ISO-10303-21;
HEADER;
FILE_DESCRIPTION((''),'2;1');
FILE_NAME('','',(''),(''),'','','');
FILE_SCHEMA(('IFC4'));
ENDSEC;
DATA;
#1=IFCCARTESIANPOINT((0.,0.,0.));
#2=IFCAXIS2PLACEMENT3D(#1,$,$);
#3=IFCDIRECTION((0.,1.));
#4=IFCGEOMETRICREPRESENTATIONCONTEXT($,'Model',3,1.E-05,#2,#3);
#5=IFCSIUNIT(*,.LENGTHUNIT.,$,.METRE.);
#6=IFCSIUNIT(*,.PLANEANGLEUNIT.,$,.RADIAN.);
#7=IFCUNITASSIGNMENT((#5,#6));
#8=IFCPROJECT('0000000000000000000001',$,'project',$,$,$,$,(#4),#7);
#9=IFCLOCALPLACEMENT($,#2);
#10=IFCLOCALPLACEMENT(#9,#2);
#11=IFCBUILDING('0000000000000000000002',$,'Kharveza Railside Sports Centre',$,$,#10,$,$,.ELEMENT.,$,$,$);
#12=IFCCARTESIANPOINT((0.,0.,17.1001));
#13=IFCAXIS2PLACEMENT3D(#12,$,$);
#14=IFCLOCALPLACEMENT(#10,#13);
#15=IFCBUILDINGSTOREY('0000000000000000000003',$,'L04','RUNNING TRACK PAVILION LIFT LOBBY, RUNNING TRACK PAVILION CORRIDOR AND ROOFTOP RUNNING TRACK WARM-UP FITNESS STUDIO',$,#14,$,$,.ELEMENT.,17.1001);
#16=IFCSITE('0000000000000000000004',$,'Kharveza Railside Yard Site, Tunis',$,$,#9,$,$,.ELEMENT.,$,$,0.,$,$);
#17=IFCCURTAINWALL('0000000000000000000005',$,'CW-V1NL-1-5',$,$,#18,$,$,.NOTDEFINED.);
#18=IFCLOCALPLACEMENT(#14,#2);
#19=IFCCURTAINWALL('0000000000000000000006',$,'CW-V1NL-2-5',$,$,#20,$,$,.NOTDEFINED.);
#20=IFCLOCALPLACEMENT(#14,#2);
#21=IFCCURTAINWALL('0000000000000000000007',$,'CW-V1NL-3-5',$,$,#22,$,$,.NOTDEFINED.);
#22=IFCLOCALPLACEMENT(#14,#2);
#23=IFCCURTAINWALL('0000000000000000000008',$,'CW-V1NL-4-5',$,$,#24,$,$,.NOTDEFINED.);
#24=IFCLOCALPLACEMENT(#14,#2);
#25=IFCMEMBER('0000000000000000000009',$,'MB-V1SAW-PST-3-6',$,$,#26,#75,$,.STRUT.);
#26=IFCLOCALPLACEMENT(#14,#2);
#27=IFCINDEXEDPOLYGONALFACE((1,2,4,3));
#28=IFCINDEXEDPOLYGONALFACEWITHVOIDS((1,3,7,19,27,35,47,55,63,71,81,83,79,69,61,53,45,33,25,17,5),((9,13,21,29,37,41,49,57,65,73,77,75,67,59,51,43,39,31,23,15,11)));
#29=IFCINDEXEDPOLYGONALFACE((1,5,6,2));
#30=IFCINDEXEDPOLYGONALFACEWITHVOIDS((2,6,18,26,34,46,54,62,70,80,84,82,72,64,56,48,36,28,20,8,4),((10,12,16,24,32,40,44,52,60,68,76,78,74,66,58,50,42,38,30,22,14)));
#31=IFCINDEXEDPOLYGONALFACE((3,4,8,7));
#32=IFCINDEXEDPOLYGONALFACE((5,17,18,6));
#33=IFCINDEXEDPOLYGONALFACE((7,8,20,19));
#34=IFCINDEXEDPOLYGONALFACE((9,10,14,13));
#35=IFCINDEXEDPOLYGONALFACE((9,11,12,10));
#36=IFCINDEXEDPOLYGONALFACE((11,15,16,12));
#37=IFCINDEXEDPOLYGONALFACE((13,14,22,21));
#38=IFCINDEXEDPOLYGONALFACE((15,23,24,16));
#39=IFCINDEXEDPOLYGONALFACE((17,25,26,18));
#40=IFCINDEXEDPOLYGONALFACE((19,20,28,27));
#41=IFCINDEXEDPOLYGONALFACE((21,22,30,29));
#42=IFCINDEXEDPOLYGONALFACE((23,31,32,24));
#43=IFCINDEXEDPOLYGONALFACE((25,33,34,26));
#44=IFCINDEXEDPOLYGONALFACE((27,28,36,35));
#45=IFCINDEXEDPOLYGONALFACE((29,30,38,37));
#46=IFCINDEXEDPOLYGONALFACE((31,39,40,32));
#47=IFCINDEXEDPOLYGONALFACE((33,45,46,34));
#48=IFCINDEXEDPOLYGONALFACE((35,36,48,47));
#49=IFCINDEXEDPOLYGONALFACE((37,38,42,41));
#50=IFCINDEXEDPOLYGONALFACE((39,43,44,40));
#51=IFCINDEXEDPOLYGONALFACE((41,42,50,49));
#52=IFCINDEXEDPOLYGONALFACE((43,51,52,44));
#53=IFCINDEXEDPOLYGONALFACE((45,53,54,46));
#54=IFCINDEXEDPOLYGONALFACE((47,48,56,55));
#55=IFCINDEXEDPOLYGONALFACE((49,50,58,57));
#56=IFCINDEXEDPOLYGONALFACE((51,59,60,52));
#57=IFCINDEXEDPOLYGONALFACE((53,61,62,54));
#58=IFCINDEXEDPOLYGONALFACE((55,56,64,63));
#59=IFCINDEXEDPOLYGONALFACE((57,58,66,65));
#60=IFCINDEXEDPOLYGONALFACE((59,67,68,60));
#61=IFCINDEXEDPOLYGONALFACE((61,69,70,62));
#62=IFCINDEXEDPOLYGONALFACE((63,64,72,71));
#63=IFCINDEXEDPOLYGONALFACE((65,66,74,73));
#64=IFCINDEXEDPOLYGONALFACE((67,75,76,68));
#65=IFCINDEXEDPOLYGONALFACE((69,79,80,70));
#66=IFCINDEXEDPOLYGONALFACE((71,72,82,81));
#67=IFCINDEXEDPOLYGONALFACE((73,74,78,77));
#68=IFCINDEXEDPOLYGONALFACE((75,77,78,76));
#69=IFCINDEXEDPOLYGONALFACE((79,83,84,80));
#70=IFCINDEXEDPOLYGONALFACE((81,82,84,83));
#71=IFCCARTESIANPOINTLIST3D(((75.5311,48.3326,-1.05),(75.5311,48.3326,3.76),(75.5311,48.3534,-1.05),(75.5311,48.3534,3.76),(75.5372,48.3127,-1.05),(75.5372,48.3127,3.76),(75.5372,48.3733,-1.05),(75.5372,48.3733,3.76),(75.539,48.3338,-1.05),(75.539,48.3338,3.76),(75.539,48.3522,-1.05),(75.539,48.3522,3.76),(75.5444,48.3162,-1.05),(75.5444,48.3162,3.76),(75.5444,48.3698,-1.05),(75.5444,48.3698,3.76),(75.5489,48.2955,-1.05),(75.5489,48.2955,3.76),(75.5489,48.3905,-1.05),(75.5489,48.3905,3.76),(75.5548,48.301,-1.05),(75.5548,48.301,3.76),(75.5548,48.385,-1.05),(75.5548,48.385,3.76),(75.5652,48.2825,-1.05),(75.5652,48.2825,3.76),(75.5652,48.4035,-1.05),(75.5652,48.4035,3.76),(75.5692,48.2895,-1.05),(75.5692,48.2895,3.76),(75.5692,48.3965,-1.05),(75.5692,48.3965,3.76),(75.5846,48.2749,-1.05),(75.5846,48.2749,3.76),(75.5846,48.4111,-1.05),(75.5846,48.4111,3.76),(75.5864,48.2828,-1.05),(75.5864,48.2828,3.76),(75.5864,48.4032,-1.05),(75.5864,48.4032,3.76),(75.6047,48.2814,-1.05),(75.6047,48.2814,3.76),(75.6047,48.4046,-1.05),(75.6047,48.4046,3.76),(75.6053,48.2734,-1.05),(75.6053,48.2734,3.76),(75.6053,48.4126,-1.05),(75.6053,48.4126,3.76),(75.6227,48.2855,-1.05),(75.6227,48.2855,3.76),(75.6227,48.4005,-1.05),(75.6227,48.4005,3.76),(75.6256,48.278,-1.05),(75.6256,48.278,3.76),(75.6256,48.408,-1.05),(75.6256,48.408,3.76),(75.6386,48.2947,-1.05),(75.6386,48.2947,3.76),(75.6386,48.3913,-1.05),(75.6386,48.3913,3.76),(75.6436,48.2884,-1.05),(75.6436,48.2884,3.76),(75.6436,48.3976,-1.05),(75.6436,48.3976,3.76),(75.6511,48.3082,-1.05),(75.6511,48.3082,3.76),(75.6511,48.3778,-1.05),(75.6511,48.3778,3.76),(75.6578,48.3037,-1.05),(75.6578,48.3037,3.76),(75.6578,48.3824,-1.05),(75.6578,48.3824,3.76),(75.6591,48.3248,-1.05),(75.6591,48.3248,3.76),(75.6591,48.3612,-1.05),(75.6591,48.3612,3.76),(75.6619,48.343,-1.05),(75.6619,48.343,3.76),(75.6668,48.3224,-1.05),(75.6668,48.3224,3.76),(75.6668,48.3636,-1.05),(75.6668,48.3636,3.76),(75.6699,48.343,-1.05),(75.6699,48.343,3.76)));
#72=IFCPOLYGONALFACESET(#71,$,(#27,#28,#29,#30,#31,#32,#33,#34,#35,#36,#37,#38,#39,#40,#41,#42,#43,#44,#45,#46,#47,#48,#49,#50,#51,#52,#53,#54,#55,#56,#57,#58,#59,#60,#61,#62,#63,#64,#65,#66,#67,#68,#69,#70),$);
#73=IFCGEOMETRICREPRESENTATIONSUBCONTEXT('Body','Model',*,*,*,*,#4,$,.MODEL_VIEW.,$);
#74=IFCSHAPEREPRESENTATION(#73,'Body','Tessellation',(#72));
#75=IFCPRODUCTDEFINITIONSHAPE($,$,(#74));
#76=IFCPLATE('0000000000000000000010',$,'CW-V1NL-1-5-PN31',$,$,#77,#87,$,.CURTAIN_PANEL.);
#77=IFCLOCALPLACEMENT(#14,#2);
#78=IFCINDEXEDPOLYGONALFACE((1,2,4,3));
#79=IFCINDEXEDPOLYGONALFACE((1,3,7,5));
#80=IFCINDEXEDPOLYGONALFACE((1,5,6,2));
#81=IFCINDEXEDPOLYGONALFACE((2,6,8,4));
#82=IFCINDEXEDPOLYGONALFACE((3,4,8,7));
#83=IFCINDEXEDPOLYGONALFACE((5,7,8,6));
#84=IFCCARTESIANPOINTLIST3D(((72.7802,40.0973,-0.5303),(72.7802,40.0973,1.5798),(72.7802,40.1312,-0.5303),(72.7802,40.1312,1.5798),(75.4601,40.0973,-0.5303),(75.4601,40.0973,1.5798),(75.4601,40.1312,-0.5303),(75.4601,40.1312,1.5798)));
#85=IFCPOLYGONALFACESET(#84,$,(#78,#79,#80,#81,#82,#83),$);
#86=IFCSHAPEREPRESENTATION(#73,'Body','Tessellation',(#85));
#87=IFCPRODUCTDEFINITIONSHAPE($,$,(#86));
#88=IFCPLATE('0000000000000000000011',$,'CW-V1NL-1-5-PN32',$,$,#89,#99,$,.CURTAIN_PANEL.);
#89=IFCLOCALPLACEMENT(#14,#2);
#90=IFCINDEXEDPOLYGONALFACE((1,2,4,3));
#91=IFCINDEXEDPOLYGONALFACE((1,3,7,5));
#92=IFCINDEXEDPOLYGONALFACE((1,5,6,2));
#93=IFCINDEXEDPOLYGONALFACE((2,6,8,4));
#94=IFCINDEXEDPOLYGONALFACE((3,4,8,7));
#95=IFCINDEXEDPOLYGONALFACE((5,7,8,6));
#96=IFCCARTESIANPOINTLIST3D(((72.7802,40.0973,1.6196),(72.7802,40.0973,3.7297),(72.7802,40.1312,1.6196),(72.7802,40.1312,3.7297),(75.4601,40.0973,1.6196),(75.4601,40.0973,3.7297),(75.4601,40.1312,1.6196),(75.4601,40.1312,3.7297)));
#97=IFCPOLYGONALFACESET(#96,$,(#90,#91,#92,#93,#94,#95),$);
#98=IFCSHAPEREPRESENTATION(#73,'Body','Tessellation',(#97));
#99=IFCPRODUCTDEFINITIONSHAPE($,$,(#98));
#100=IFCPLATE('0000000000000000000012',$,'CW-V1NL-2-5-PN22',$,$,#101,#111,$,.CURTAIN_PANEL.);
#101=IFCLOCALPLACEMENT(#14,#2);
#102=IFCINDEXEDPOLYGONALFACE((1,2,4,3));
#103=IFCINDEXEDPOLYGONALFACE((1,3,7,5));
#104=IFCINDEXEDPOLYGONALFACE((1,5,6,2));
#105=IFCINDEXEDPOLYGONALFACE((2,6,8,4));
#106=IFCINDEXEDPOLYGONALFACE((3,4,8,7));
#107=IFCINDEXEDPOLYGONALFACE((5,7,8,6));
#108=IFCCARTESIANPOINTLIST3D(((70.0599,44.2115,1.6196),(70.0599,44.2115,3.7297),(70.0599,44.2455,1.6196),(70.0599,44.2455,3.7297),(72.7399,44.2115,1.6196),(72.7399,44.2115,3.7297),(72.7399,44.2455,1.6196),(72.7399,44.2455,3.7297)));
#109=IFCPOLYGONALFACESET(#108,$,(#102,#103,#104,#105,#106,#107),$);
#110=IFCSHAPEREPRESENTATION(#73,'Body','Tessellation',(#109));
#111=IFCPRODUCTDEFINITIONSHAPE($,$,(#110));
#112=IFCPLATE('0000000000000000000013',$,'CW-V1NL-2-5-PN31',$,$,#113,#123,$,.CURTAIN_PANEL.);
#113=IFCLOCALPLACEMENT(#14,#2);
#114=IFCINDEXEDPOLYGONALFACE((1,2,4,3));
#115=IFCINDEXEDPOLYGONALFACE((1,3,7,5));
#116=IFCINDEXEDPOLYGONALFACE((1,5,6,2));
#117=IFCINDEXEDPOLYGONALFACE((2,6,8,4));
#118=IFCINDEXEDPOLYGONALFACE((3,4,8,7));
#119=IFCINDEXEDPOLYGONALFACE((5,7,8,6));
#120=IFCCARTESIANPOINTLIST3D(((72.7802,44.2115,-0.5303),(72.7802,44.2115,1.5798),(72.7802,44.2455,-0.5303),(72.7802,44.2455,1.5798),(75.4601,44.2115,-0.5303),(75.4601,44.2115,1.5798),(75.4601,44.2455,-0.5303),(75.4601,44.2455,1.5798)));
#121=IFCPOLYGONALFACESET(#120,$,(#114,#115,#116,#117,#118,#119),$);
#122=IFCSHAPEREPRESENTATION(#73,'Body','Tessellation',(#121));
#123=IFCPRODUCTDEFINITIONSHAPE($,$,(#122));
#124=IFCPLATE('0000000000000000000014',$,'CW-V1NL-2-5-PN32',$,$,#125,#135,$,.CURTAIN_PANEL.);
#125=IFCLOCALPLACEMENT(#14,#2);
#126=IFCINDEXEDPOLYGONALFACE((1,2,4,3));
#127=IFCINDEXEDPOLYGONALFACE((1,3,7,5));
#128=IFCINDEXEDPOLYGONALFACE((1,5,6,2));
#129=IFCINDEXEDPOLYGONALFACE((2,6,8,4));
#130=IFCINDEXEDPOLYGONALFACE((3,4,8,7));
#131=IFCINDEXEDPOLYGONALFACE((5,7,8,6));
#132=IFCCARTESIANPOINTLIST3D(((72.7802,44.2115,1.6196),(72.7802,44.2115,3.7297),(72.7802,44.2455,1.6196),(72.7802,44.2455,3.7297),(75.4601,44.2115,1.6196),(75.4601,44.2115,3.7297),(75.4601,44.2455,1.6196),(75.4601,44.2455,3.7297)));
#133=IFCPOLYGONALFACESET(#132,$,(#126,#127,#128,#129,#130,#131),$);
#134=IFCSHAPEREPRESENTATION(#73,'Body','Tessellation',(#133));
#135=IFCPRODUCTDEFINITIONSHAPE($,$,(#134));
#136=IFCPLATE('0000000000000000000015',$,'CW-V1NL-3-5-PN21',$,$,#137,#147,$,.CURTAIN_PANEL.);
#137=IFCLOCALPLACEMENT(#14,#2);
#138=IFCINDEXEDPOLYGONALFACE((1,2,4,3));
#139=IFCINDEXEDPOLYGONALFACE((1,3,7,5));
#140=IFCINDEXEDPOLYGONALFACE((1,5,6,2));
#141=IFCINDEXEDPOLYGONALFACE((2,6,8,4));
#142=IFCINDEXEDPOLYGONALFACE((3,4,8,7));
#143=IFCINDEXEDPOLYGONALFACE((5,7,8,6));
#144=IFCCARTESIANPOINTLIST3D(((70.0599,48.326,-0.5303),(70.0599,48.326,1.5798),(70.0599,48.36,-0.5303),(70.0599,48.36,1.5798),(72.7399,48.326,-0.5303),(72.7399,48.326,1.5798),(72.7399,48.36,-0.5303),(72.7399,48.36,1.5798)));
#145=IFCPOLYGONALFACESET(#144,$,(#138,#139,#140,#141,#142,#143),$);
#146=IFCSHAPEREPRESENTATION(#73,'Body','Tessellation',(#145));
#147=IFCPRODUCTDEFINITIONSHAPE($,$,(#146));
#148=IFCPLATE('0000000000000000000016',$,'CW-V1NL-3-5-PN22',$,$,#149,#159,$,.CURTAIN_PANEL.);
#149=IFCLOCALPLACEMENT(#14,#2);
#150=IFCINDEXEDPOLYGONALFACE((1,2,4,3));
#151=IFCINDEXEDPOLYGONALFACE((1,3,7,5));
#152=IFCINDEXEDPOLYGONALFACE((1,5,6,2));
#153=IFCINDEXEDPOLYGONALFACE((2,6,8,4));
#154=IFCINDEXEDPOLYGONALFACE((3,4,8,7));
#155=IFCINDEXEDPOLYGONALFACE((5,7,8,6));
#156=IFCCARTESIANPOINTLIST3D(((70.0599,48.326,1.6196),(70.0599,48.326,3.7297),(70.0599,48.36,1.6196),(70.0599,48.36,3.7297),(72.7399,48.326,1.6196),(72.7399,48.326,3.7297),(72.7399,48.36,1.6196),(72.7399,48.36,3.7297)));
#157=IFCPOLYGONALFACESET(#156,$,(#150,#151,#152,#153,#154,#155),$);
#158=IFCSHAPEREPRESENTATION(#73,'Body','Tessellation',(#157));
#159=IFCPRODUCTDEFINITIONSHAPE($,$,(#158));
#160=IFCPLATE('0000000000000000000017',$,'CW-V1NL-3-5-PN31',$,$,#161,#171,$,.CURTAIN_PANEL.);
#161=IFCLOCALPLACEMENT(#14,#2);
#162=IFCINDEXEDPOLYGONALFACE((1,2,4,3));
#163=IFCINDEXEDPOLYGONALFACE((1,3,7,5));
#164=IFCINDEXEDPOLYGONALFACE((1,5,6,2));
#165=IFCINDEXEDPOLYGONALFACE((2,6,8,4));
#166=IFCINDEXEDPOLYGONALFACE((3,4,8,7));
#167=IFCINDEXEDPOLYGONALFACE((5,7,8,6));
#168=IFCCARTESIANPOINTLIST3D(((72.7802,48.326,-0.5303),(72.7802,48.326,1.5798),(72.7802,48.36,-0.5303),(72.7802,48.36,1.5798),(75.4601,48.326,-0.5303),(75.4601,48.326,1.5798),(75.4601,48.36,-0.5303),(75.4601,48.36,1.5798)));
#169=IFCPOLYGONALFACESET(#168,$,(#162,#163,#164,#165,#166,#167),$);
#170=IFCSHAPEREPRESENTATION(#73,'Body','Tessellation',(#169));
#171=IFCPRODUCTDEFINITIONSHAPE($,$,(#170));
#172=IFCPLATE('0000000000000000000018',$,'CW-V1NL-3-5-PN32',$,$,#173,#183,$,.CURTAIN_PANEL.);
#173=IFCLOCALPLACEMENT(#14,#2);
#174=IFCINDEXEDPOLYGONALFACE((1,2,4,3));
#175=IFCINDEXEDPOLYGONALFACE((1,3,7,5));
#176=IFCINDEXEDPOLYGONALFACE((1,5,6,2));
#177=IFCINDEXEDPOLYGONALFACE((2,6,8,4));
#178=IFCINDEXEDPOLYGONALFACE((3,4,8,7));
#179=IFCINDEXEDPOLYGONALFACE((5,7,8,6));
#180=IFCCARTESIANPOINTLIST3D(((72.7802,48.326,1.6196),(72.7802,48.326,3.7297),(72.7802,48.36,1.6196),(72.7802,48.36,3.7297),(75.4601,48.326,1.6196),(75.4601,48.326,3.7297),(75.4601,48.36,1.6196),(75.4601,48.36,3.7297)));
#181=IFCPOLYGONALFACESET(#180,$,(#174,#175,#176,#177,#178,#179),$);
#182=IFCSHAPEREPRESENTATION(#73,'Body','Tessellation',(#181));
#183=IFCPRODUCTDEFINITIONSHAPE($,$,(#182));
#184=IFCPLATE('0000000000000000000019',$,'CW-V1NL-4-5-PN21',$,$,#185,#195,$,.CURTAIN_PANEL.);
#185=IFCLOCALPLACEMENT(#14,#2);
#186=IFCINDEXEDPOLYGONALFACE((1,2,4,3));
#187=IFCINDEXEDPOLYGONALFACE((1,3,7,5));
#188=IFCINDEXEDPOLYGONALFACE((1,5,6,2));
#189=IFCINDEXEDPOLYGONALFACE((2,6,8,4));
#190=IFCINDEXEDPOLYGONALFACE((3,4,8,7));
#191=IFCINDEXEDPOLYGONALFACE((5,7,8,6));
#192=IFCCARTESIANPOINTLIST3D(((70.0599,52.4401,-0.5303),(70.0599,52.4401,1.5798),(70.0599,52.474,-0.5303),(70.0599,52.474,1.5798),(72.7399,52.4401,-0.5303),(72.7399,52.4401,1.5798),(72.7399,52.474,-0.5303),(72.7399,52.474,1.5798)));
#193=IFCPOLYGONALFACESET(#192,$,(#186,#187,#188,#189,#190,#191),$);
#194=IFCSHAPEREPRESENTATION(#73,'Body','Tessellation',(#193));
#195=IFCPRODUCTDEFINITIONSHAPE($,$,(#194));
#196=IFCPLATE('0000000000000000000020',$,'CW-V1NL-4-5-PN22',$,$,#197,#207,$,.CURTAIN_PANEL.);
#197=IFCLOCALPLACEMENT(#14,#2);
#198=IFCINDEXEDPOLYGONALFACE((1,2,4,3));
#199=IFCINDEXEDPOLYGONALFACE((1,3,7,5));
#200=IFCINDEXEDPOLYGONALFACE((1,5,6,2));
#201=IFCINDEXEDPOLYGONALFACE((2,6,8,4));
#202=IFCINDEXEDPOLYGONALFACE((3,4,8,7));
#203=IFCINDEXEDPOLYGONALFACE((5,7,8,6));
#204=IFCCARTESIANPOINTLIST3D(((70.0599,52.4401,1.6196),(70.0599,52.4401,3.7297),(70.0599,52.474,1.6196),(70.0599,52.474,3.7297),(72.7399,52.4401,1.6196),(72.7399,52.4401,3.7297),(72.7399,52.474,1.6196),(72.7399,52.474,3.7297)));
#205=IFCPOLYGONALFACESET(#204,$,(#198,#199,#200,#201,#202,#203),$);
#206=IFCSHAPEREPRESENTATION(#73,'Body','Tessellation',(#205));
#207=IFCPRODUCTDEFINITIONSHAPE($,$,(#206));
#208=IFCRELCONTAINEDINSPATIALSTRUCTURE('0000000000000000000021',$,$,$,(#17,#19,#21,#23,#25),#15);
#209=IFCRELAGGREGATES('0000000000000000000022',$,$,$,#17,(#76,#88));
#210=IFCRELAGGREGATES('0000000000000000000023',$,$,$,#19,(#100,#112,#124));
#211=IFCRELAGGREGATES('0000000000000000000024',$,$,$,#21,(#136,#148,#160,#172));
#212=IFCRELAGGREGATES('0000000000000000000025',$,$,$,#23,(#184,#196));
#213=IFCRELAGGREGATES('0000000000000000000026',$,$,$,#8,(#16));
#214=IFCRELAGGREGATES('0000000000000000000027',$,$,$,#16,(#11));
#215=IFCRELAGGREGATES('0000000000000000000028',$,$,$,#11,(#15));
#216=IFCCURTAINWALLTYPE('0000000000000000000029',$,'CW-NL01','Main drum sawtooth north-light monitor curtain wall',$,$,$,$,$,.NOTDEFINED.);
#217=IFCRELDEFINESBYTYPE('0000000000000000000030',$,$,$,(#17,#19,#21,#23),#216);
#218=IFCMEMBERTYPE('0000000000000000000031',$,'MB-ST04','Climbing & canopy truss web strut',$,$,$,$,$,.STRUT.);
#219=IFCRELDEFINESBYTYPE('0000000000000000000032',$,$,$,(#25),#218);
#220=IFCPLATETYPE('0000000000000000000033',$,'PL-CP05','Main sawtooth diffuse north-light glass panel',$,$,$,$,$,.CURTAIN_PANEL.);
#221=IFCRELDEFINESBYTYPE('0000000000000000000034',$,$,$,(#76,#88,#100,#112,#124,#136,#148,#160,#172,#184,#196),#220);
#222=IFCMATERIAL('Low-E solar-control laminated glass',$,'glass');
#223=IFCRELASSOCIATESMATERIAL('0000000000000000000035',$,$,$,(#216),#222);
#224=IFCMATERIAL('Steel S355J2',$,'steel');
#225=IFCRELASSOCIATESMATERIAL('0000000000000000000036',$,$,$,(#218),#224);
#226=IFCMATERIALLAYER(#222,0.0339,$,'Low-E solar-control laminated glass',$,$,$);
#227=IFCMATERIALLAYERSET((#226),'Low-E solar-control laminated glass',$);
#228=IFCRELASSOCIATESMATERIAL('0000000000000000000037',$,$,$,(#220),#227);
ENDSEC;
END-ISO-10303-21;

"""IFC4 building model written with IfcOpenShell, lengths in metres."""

from ifc_helpers import new_model, si_unit, direction, frame, origin, origin_2d, place, context, subcontext, project, spatial, rectangle, hollow_circle, extrude, material, layer, layer_set, material_profile, profile_set, type_object, element, aggregate, save


model = new_model("IFC4")

# Units and contexts
model_context = context("Model", 3, precision=1e-05, world=origin(), true_north=direction((0.0, 1.0)))
body_context = subcontext(model_context, "Body", "Model", "MODEL_VIEW")
ifc_project = project(units=[si_unit("LENGTHUNIT", "METRE"), si_unit("PLANEANGLEUNIT", "RADIAN")], contexts=[model_context])

# Site, building, storey
site_placement = place(None, origin())
site = spatial("IfcSite", under=ifc_project, at=site_placement, Name="Kharveza Railside Yard Site, Tunis", CompositionType="ELEMENT", RefElevation=0.0)
building_placement = place(site_placement, origin())
building = spatial("IfcBuilding", under=site, at=building_placement, Name="Kharveza Railside Sports Centre", CompositionType="ELEMENT")
storey_placement = place(building_placement, frame((0.0, 0.0, 17.1001)))
storey = spatial("IfcBuildingStorey", under=building, at=storey_placement, Name="L04", Description="RUNNING TRACK PAVILION LIFT LOBBY, RUNNING TRACK PAVILION CORRIDOR AND ROOFTOP RUNNING TRACK WARM-UP FITNESS STUDIO", CompositionType="ELEMENT", Elevation=17.1001)

# Curtain walls
ifc_material_1 = material(Name="Low-E solar-control laminated glass", Category="glass")
curtain_wall_type = type_object("IfcCurtainWallType", Name="CW-NL01", Description="Main drum sawtooth north-light monitor curtain wall", PredefinedType="NOTDEFINED", material=ifc_material_1)
curtain_wall_1_placement = place(storey_placement, origin())
curtain_wall_1 = element("IfcCurtainWall", 1, at=curtain_wall_1_placement, inside=storey, type_object=curtain_wall_type, Name="CW-V1NL-1-5", PredefinedType="NOTDEFINED")
curtain_wall_2_placement = place(storey_placement, origin())
curtain_wall_2 = element("IfcCurtainWall", 2, at=curtain_wall_2_placement, inside=storey, type_object=curtain_wall_type, Name="CW-V1NL-2-5", PredefinedType="NOTDEFINED")
curtain_wall_3_placement = place(storey_placement, origin())
curtain_wall_3 = element("IfcCurtainWall", 3, at=curtain_wall_3_placement, inside=storey, type_object=curtain_wall_type, Name="CW-V1NL-3-5", PredefinedType="NOTDEFINED")

# Curtain wall
curtain_wall_4_placement = place(storey_placement, origin())
curtain_wall_4 = element("IfcCurtainWall", 4, at=curtain_wall_4_placement, inside=storey, type_object=curtain_wall_type, Name="CW-V1NL-4-5", PredefinedType="NOTDEFINED")

# Member
ifc_material_2 = material(Name="Steel S355J2", Category="steel")
ifc_material_profile_1 = material_profile(ifc_material_2, hollow_circle(Radius=0.0698, WallThickness=0.0081, at=origin_2d()), Name="CHS 139.7x8.0")
ifc_profile_set_1 = profile_set([ifc_material_profile_1], Name="Steel S355J2")
member_type_1 = type_object("IfcMemberType", Name="MB-ST04", Description="Climbing & canopy truss web strut", PredefinedType="STRUT", material=ifc_profile_set_1)
for number, where, z_axis, x_axis, name in (
    (5, (75.6001, 48.343, -1.05), (0.0, 0.0, 1.0), (1.0, 0.0, 0.0), "MB-V1SAW-PST-3-6"),
):
    element("IfcMember", number, at=place(storey_placement, frame(where, z_axis=z_axis, x_axis=x_axis)), inside=storey, type_object=member_type_1, Name=name, PredefinedType="STRUT", context=body_context, shape_type="SweptSolid", body=[
        extrude(hollow_circle(Radius=0.0698, WallThickness=0.0081, at=origin_2d()), origin(), (0.0, 0.0, 1.0), 4.8101),
    ])

# Plates
ifc_layer_1 = layer(ifc_material_1, 0.0339, Name="Low-E solar-control laminated glass")
ifc_layer_set_1 = layer_set([ifc_layer_1], Name="Low-E solar-control laminated glass")
plate_type_1 = type_object("IfcPlateType", Name="PL-CP05", Description="Main sawtooth diffuse north-light glass panel", PredefinedType="CURTAIN_PANEL", material=ifc_layer_set_1)
plate_1_placement = place(storey_placement, frame((74.1201, 40.1143, -0.5303), z_axis=(0.0, 0.0, 1.0), x_axis=(1.0, 0.0, 0.0)))
plate_1 = element("IfcPlate", 6, at=plate_1_placement, type_object=plate_type_1, Name="CW-V1NL-1-5-PN31", PredefinedType="CURTAIN_PANEL", context=body_context, shape_type="SweptSolid", body=[
    extrude(rectangle(XDim=2.6799, YDim=0.0339, at=origin_2d()), origin(), (0.0, 0.0, 1.0), 2.1101),
])
plate_2_placement = place(storey_placement, frame((74.1201, 40.1143, 1.6196), z_axis=(0.0, 0.0, 1.0), x_axis=(1.0, 0.0, 0.0)))
plate_2 = element("IfcPlate", 7, at=plate_2_placement, type_object=plate_type_1, Name="CW-V1NL-1-5-PN32", PredefinedType="CURTAIN_PANEL", context=body_context, shape_type="SweptSolid", body=[
    extrude(rectangle(XDim=2.6799, YDim=0.0339, at=origin_2d()), origin(), (0.0, 0.0, 1.0), 2.1101),
])
aggregate(curtain_wall_1, [plate_1, plate_2])
plate_3_placement = place(storey_placement, frame((71.3999, 44.2285, 1.6196), z_axis=(0.0, 0.0, 1.0), x_axis=(1.0, 0.0, 0.0)))
plate_3 = element("IfcPlate", 8, at=plate_3_placement, type_object=plate_type_1, Name="CW-V1NL-2-5-PN22", PredefinedType="CURTAIN_PANEL", context=body_context, shape_type="SweptSolid", body=[
    extrude(rectangle(XDim=2.6799, YDim=0.0339, at=origin_2d()), origin(), (0.0, 0.0, 1.0), 2.1101),
])
plate_4_placement = place(storey_placement, frame((74.1201, 44.2285, -0.5303), z_axis=(0.0, 0.0, 1.0), x_axis=(1.0, 0.0, 0.0)))
plate_4 = element("IfcPlate", 9, at=plate_4_placement, type_object=plate_type_1, Name="CW-V1NL-2-5-PN31", PredefinedType="CURTAIN_PANEL", context=body_context, shape_type="SweptSolid", body=[
    extrude(rectangle(XDim=2.6799, YDim=0.0339, at=origin_2d()), origin(), (0.0, 0.0, 1.0), 2.1101),
])
plate_5_placement = place(storey_placement, frame((74.1201, 44.2285, 1.6196), z_axis=(0.0, 0.0, 1.0), x_axis=(1.0, 0.0, 0.0)))
plate_5 = element("IfcPlate", 10, at=plate_5_placement, type_object=plate_type_1, Name="CW-V1NL-2-5-PN32", PredefinedType="CURTAIN_PANEL", context=body_context, shape_type="SweptSolid", body=[
    extrude(rectangle(XDim=2.6799, YDim=0.0339, at=origin_2d()), origin(), (0.0, 0.0, 1.0), 2.1101),
])
aggregate(curtain_wall_2, [plate_3, plate_4, plate_5])
plate_6_placement = place(storey_placement, frame((71.3999, 48.343, -0.5303), z_axis=(0.0, 0.0, 1.0), x_axis=(1.0, 0.0, 0.0)))
plate_6 = element("IfcPlate", 11, at=plate_6_placement, type_object=plate_type_1, Name="CW-V1NL-3-5-PN21", PredefinedType="CURTAIN_PANEL", context=body_context, shape_type="SweptSolid", body=[
    extrude(rectangle(XDim=2.6799, YDim=0.0339, at=origin_2d()), origin(), (0.0, 0.0, 1.0), 2.1101),
])
plate_7_placement = place(storey_placement, frame((71.3999, 48.343, 1.6196), z_axis=(0.0, 0.0, 1.0), x_axis=(1.0, 0.0, 0.0)))
plate_7 = element("IfcPlate", 12, at=plate_7_placement, type_object=plate_type_1, Name="CW-V1NL-3-5-PN22", PredefinedType="CURTAIN_PANEL", context=body_context, shape_type="SweptSolid", body=[
    extrude(rectangle(XDim=2.6799, YDim=0.0339, at=origin_2d()), origin(), (0.0, 0.0, 1.0), 2.1101),
])
plate_8_placement = place(storey_placement, frame((74.1201, 48.343, -0.5303), z_axis=(0.0, 0.0, 1.0), x_axis=(1.0, 0.0, 0.0)))
plate_8 = element("IfcPlate", 13, at=plate_8_placement, type_object=plate_type_1, Name="CW-V1NL-3-5-PN31", PredefinedType="CURTAIN_PANEL", context=body_context, shape_type="SweptSolid", body=[
    extrude(rectangle(XDim=2.6799, YDim=0.0339, at=origin_2d()), origin(), (0.0, 0.0, 1.0), 2.1101),
])
plate_9_placement = place(storey_placement, frame((74.1201, 48.343, 1.6196), z_axis=(0.0, 0.0, 1.0), x_axis=(1.0, 0.0, 0.0)))
plate_9 = element("IfcPlate", 14, at=plate_9_placement, type_object=plate_type_1, Name="CW-V1NL-3-5-PN32", PredefinedType="CURTAIN_PANEL", context=body_context, shape_type="SweptSolid", body=[
    extrude(rectangle(XDim=2.6799, YDim=0.0339, at=origin_2d()), origin(), (0.0, 0.0, 1.0), 2.1101),
])
aggregate(curtain_wall_3, [plate_6, plate_7, plate_8, plate_9])
plate_10_placement = place(storey_placement, frame((71.3999, 52.457, -0.5303), z_axis=(0.0, 0.0, 1.0), x_axis=(1.0, 0.0, 0.0)))
plate_10 = element("IfcPlate", 15, at=plate_10_placement, type_object=plate_type_1, Name="CW-V1NL-4-5-PN21", PredefinedType="CURTAIN_PANEL", context=body_context, shape_type="SweptSolid", body=[
    extrude(rectangle(XDim=2.6799, YDim=0.0339, at=origin_2d()), origin(), (0.0, 0.0, 1.0), 2.1101),
])
plate_11_placement = place(storey_placement, frame((71.3999, 52.457, 1.6196), z_axis=(0.0, 0.0, 1.0), x_axis=(1.0, 0.0, 0.0)))
plate_11 = element("IfcPlate", 16, at=plate_11_placement, type_object=plate_type_1, Name="CW-V1NL-4-5-PN22", PredefinedType="CURTAIN_PANEL", context=body_context, shape_type="SweptSolid", body=[
    extrude(rectangle(XDim=2.6799, YDim=0.0339, at=origin_2d()), origin(), (0.0, 0.0, 1.0), 2.1101),
])
aggregate(curtain_wall_4, [plate_10, plate_11])

save(model, "model.ifc")
